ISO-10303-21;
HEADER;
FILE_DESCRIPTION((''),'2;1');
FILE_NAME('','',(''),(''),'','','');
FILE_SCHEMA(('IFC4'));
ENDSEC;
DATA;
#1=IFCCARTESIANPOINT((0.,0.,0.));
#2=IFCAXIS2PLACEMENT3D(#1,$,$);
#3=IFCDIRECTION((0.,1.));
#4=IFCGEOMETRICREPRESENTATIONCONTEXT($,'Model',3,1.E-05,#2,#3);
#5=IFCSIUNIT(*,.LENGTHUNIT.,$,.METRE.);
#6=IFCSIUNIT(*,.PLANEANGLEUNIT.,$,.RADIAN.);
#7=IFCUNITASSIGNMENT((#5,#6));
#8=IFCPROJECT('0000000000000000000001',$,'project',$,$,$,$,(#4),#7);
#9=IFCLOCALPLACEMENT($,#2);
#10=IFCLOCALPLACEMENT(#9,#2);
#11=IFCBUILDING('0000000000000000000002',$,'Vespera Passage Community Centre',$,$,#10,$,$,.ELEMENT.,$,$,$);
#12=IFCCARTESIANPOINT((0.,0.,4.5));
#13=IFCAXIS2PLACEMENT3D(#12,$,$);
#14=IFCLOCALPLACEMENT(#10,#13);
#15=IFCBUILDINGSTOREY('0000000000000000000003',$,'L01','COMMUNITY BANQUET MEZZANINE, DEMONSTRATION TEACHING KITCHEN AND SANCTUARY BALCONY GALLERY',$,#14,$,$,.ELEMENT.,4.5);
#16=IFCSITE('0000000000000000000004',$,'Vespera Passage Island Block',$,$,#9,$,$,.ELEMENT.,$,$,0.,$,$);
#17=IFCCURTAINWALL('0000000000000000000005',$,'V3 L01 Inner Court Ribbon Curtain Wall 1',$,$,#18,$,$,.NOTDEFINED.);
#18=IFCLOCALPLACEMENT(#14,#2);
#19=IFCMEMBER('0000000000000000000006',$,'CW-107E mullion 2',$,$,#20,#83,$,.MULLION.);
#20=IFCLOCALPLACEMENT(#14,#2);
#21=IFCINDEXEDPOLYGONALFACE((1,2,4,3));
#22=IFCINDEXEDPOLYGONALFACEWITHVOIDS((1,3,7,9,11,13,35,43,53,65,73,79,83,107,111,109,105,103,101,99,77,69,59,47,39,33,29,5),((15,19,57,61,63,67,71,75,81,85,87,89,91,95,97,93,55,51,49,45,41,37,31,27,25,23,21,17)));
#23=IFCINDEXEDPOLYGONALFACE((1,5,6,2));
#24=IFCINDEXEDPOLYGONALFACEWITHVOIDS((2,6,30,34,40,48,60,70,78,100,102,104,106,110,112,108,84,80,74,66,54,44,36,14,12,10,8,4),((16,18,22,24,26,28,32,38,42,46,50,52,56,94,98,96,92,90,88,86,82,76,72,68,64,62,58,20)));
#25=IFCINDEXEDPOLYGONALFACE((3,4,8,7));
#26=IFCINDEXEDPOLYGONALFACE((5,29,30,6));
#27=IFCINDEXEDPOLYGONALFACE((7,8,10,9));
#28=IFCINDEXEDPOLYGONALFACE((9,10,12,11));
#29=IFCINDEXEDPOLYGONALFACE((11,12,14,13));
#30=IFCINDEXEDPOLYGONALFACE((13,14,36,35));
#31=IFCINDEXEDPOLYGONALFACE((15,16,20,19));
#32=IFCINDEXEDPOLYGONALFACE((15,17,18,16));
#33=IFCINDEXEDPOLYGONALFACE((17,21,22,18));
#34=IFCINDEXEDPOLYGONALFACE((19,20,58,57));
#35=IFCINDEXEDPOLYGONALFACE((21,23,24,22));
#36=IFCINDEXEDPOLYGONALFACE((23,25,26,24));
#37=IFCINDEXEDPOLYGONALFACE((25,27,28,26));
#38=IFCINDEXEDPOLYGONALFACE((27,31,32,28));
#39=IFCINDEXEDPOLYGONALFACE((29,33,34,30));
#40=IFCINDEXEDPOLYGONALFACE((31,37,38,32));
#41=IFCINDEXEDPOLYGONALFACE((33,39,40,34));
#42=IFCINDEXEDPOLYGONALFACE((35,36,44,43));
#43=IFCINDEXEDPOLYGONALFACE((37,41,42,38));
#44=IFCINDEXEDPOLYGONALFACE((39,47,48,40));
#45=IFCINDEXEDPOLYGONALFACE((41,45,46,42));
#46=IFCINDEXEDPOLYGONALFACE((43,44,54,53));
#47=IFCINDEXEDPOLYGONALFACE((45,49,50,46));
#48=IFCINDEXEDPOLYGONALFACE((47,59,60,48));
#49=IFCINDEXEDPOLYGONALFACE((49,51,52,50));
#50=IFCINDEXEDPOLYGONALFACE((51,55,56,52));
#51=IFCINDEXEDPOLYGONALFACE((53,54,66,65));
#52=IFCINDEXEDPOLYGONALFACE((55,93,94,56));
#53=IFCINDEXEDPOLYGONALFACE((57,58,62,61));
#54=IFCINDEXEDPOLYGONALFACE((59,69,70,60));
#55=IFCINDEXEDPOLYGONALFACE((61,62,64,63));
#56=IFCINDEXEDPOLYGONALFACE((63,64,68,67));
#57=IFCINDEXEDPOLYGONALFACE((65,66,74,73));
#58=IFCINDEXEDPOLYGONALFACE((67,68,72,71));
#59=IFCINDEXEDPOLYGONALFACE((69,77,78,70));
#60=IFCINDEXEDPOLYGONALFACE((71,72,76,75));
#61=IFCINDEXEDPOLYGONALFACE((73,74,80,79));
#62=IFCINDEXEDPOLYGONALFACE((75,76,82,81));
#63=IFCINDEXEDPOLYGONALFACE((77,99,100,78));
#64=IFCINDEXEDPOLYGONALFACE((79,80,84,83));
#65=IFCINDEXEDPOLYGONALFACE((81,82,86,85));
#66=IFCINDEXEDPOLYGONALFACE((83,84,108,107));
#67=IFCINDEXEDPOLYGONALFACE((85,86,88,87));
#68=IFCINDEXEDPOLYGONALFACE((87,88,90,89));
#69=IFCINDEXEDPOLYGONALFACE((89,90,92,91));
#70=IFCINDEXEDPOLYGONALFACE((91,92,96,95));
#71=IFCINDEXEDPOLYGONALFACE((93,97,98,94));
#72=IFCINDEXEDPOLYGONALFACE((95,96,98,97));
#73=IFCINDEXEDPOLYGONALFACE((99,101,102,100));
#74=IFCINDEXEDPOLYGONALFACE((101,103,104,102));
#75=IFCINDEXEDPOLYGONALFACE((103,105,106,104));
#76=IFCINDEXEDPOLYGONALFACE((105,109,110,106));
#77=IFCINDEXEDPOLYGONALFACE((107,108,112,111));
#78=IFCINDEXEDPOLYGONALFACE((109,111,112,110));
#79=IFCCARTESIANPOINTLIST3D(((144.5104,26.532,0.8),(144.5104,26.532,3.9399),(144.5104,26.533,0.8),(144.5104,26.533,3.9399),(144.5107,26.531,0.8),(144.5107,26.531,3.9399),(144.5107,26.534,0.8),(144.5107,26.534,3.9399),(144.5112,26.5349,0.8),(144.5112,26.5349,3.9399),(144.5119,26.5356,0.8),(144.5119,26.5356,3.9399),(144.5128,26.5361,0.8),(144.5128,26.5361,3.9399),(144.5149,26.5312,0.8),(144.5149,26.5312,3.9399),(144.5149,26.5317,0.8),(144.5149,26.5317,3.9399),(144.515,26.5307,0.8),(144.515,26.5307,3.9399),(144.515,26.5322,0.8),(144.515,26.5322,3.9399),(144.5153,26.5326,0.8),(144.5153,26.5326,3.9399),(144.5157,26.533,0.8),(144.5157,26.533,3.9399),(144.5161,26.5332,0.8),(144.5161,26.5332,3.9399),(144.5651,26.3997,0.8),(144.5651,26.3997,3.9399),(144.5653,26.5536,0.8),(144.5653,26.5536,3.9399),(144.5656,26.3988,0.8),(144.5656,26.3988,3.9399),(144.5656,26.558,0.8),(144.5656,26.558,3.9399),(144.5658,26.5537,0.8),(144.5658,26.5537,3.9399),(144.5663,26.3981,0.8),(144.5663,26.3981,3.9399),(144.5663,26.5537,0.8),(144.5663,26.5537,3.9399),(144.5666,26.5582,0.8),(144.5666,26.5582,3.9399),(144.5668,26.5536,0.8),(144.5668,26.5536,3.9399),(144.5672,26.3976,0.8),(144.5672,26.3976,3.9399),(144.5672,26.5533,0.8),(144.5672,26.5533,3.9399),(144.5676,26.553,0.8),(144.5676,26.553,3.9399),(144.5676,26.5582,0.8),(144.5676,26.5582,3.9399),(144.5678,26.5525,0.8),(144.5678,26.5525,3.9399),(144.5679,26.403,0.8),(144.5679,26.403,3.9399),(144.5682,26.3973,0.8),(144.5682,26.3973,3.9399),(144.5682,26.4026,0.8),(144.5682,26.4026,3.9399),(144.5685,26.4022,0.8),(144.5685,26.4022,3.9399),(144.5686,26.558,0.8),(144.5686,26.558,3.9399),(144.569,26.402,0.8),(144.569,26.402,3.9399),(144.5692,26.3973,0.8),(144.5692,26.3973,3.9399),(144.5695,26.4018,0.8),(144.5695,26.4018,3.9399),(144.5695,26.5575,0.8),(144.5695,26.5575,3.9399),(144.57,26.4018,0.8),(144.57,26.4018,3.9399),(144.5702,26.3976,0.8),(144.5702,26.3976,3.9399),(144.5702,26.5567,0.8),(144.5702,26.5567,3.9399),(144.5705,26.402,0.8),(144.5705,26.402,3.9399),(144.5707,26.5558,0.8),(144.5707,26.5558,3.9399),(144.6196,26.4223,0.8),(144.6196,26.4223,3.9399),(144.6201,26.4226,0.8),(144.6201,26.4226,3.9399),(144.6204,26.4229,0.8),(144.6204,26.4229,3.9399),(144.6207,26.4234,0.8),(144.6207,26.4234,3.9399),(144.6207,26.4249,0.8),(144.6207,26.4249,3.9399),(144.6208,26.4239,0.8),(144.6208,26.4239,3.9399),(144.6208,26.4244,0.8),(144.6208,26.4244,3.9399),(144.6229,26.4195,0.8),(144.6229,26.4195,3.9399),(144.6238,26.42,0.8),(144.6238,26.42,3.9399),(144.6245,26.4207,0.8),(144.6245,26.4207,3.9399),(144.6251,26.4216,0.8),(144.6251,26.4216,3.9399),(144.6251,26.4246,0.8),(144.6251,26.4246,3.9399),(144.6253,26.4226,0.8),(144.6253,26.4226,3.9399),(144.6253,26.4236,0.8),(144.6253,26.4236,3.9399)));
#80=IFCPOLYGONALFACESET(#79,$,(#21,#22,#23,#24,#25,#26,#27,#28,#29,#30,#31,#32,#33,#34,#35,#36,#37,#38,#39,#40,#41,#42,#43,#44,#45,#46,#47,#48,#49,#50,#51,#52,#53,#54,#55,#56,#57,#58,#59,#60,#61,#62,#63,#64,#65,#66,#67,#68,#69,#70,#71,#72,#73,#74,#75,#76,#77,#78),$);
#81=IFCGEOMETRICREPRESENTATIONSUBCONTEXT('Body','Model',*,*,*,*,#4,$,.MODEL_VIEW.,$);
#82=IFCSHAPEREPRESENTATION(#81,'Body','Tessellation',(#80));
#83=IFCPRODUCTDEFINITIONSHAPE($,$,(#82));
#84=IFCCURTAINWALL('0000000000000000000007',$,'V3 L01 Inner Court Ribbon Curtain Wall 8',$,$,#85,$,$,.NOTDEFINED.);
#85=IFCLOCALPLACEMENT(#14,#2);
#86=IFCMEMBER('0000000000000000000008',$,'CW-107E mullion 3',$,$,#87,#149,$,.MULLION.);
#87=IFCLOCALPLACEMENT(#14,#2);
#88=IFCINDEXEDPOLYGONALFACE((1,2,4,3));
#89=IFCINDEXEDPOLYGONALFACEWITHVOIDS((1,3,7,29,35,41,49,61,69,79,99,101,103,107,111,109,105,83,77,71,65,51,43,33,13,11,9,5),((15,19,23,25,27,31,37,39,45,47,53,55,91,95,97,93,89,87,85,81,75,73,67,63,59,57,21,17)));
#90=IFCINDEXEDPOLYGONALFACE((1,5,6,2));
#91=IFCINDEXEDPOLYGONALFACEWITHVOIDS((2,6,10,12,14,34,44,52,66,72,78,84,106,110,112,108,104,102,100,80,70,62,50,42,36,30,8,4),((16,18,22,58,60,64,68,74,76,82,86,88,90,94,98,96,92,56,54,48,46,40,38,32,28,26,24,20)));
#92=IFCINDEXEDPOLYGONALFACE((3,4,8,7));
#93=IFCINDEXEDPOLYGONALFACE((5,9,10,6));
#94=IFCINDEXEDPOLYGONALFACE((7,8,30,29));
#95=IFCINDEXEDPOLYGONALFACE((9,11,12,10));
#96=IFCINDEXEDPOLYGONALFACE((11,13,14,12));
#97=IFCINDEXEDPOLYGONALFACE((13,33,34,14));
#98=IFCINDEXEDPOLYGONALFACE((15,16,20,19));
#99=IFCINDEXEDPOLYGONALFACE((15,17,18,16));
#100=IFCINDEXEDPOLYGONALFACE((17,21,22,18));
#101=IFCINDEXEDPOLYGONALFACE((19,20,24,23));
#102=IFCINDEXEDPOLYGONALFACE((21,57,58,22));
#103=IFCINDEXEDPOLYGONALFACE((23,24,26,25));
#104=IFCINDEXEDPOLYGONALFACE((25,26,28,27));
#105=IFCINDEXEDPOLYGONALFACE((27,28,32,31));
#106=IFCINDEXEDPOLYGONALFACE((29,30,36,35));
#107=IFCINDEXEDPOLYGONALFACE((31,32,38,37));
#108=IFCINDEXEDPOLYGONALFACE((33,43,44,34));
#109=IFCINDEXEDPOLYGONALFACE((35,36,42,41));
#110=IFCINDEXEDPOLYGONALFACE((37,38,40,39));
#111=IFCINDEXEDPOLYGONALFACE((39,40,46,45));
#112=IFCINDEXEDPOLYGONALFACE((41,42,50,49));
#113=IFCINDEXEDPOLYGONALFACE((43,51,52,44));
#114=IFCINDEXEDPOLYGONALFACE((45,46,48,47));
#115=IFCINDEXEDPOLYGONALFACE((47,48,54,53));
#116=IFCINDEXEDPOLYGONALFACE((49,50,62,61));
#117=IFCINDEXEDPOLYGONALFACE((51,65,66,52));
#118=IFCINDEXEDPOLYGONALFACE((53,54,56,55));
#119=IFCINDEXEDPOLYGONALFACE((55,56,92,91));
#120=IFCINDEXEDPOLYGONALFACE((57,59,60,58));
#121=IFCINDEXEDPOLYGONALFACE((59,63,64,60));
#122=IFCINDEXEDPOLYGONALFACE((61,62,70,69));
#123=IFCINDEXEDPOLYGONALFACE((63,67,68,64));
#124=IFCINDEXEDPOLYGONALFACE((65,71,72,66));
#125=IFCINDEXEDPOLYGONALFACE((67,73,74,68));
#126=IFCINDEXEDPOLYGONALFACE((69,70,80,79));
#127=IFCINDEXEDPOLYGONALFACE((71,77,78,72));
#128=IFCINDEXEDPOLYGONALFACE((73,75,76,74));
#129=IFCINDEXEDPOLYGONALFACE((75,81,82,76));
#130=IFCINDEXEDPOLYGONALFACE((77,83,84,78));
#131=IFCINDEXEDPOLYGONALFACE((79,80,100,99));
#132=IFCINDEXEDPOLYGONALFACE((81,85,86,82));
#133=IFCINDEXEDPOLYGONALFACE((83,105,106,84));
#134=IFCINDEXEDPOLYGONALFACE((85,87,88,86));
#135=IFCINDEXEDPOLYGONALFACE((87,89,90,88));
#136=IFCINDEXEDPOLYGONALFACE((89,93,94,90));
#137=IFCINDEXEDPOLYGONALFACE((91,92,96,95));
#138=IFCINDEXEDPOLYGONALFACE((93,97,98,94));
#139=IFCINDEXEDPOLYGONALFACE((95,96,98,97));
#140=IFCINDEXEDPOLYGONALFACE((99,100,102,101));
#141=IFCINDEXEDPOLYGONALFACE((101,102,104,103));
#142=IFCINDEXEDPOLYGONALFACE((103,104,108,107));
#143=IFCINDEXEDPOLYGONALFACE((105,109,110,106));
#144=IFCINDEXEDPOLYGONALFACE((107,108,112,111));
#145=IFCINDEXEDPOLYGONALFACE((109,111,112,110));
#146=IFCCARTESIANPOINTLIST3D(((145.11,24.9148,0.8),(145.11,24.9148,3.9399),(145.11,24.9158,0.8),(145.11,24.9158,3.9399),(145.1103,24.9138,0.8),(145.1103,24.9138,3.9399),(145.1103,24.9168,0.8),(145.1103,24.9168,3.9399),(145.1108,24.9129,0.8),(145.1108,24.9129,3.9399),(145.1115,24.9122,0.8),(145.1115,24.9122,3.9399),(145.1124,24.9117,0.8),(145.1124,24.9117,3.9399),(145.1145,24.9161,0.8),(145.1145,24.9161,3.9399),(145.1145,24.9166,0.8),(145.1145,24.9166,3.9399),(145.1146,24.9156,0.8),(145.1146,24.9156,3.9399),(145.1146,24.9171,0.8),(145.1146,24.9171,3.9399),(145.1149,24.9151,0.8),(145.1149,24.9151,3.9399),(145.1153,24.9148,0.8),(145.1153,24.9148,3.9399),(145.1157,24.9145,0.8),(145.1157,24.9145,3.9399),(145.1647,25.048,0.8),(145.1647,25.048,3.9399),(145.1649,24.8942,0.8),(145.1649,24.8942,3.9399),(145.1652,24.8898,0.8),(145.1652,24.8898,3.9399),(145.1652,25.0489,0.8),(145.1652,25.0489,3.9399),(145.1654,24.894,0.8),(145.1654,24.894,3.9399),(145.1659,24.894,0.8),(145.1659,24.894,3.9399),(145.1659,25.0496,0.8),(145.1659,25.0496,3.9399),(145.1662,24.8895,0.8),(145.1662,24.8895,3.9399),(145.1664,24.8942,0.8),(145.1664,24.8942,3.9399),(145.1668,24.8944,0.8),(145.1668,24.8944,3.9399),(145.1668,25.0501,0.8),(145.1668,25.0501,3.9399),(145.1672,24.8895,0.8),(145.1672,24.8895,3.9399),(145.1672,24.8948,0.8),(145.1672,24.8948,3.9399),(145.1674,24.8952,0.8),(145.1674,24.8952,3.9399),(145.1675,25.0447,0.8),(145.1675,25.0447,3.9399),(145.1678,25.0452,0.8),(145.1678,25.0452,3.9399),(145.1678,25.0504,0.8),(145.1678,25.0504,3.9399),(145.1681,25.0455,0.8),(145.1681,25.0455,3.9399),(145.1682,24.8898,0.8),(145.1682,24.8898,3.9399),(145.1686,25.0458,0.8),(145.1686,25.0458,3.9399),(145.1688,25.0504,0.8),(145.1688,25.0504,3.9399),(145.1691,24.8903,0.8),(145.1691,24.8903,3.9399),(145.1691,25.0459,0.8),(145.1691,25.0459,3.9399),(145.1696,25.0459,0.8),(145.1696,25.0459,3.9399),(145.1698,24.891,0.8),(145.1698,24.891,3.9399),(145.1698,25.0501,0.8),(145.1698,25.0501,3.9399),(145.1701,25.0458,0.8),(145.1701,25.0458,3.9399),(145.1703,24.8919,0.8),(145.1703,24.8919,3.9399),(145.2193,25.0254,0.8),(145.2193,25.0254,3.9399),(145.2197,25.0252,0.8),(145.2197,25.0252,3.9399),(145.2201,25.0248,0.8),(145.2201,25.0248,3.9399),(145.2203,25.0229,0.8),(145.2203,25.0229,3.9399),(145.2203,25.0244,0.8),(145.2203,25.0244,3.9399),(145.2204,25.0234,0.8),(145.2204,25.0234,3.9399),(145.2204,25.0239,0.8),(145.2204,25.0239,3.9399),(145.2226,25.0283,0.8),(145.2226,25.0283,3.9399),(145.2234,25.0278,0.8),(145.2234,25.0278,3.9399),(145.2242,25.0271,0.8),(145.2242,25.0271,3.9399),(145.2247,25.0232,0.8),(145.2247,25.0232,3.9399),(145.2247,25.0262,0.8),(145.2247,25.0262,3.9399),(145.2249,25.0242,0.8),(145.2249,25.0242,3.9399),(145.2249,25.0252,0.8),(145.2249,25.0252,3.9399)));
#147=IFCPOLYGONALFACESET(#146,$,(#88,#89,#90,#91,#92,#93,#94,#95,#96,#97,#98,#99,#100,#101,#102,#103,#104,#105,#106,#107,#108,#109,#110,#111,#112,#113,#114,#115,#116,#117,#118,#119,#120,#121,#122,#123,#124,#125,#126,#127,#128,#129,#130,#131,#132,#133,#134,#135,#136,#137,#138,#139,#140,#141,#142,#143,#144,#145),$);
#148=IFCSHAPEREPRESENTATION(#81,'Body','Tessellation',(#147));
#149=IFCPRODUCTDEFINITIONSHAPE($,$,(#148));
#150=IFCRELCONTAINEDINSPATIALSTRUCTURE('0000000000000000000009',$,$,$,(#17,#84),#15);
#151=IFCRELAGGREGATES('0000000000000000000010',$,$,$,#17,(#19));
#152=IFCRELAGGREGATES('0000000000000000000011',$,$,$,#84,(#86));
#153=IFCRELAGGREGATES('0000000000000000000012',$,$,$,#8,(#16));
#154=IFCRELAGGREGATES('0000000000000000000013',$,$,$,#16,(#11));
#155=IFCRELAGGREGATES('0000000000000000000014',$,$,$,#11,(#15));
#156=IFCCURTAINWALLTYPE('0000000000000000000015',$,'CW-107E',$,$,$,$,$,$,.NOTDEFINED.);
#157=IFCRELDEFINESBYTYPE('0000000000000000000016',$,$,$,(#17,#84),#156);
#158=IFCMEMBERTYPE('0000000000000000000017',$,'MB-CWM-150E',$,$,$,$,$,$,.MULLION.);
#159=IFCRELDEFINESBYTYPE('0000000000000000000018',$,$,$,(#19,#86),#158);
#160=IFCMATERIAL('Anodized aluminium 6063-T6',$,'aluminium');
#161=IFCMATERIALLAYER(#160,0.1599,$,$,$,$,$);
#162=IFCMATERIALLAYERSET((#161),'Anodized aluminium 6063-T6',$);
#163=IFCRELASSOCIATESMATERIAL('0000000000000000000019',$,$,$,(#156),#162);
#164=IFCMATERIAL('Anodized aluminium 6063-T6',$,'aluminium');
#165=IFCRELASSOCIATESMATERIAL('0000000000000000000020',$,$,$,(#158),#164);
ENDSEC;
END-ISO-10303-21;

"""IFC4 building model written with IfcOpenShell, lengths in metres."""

from ifc_helpers import new_model, si_unit, direction, frame, origin, origin_2d, place, context, subcontext, project, spatial, hollow_rectangle, extrude, material, layer, layer_set, material_profile, profile_set, type_object, element, aggregate, save


model = new_model("IFC4")

# Units and contexts
model_context = context("Model", 3, precision=1e-05, world=origin(), true_north=direction((0.0, 1.0)))
body_context = subcontext(model_context, "Body", "Model", "MODEL_VIEW")
ifc_project = project(units=[si_unit("LENGTHUNIT", "METRE"), si_unit("PLANEANGLEUNIT", "RADIAN")], contexts=[model_context])

# Site, building, storey
site_placement = place(None, origin())
site = spatial("IfcSite", under=ifc_project, at=site_placement, Name="Vespera Passage Island Block", CompositionType="ELEMENT", RefElevation=0.0)
building_placement = place(site_placement, origin())
building = spatial("IfcBuilding", under=site, at=building_placement, Name="Vespera Passage Community Centre", CompositionType="ELEMENT")
storey_placement = place(building_placement, frame((0.0, 0.0, 4.5)))
storey = spatial("IfcBuildingStorey", under=building, at=storey_placement, Name="L01", Description="COMMUNITY BANQUET MEZZANINE, DEMONSTRATION TEACHING KITCHEN AND SANCTUARY BALCONY GALLERY", CompositionType="ELEMENT", Elevation=4.5)

# Curtain wall, member
ifc_material_1 = material(Name="Anodized aluminium 6063-T6", Category="aluminium")
ifc_layer_1 = layer(ifc_material_1, 0.1599)
ifc_layer_set_1 = layer_set([ifc_layer_1], Name="Anodized aluminium 6063-T6")
curtain_wall_type = type_object("IfcCurtainWallType", Name="CW-107E", PredefinedType="NOTDEFINED", material=ifc_layer_set_1)
curtain_wall_1_placement = place(storey_placement, origin())
curtain_wall_1 = element("IfcCurtainWall", 1, at=curtain_wall_1_placement, inside=storey, type_object=curtain_wall_type, Name="V3 L01 Inner Court Ribbon Curtain Wall 1", PredefinedType="NOTDEFINED")
ifc_material_2 = material(Name="Anodized aluminium 6063-T6", Category="aluminium")
ifc_material_profile_1 = material_profile(ifc_material_2, hollow_rectangle(XDim=0.0649, YDim=0.1499, WallThickness=0.0039, InnerFilletRadius=0.002, OuterFilletRadius=0.0039, at=origin_2d()), Name="ALU150X65X4")
ifc_profile_set_1 = profile_set([ifc_material_profile_1], Name="Anodized aluminium 6063-T6")
member_type_1 = type_object("IfcMemberType", Name="MB-CWM-150E", PredefinedType="MULLION", material=ifc_profile_set_1)
member_1_placement = place(storey_placement, frame((144.5679, 26.4778, 0.8), z_axis=(0.0, 0.0, 1.0), x_axis=(-0.923879, -0.382686, 0.0)))
member_1 = element("IfcMember", 2, at=member_1_placement, type_object=member_type_1, Name="CW-107E mullion 2", PredefinedType="MULLION", context=body_context, shape_type="SweptSolid", body=[
    extrude(hollow_rectangle(XDim=0.0649, YDim=0.1499, WallThickness=0.0039, InnerFilletRadius=0.002, OuterFilletRadius=0.0039, at=origin_2d()), origin(), (0.0, 0.0, 1.0), 3.1399),
])

# Curtain wall, member
curtain_wall_2_placement = place(storey_placement, origin())
curtain_wall_2 = element("IfcCurtainWall", 3, at=curtain_wall_2_placement, inside=storey, type_object=curtain_wall_type, Name="V3 L01 Inner Court Ribbon Curtain Wall 8", PredefinedType="NOTDEFINED")
member_2_placement = place(storey_placement, frame((145.1675, 24.97, 0.8), z_axis=(0.0, 0.0, 1.0), x_axis=(-0.923879, 0.382686, 0.0)))
member_2 = element("IfcMember", 4, at=member_2_placement, type_object=member_type_1, Name="CW-107E mullion 3", PredefinedType="MULLION", context=body_context, shape_type="SweptSolid", body=[
    extrude(hollow_rectangle(XDim=0.0649, YDim=0.1499, WallThickness=0.0039, InnerFilletRadius=0.002, OuterFilletRadius=0.0039, at=origin_2d()), origin(), (0.0, 0.0, 1.0), 3.1399),
])

aggregate(curtain_wall_1, [member_1])
aggregate(curtain_wall_2, [member_2])

save(model, "model.ifc")
